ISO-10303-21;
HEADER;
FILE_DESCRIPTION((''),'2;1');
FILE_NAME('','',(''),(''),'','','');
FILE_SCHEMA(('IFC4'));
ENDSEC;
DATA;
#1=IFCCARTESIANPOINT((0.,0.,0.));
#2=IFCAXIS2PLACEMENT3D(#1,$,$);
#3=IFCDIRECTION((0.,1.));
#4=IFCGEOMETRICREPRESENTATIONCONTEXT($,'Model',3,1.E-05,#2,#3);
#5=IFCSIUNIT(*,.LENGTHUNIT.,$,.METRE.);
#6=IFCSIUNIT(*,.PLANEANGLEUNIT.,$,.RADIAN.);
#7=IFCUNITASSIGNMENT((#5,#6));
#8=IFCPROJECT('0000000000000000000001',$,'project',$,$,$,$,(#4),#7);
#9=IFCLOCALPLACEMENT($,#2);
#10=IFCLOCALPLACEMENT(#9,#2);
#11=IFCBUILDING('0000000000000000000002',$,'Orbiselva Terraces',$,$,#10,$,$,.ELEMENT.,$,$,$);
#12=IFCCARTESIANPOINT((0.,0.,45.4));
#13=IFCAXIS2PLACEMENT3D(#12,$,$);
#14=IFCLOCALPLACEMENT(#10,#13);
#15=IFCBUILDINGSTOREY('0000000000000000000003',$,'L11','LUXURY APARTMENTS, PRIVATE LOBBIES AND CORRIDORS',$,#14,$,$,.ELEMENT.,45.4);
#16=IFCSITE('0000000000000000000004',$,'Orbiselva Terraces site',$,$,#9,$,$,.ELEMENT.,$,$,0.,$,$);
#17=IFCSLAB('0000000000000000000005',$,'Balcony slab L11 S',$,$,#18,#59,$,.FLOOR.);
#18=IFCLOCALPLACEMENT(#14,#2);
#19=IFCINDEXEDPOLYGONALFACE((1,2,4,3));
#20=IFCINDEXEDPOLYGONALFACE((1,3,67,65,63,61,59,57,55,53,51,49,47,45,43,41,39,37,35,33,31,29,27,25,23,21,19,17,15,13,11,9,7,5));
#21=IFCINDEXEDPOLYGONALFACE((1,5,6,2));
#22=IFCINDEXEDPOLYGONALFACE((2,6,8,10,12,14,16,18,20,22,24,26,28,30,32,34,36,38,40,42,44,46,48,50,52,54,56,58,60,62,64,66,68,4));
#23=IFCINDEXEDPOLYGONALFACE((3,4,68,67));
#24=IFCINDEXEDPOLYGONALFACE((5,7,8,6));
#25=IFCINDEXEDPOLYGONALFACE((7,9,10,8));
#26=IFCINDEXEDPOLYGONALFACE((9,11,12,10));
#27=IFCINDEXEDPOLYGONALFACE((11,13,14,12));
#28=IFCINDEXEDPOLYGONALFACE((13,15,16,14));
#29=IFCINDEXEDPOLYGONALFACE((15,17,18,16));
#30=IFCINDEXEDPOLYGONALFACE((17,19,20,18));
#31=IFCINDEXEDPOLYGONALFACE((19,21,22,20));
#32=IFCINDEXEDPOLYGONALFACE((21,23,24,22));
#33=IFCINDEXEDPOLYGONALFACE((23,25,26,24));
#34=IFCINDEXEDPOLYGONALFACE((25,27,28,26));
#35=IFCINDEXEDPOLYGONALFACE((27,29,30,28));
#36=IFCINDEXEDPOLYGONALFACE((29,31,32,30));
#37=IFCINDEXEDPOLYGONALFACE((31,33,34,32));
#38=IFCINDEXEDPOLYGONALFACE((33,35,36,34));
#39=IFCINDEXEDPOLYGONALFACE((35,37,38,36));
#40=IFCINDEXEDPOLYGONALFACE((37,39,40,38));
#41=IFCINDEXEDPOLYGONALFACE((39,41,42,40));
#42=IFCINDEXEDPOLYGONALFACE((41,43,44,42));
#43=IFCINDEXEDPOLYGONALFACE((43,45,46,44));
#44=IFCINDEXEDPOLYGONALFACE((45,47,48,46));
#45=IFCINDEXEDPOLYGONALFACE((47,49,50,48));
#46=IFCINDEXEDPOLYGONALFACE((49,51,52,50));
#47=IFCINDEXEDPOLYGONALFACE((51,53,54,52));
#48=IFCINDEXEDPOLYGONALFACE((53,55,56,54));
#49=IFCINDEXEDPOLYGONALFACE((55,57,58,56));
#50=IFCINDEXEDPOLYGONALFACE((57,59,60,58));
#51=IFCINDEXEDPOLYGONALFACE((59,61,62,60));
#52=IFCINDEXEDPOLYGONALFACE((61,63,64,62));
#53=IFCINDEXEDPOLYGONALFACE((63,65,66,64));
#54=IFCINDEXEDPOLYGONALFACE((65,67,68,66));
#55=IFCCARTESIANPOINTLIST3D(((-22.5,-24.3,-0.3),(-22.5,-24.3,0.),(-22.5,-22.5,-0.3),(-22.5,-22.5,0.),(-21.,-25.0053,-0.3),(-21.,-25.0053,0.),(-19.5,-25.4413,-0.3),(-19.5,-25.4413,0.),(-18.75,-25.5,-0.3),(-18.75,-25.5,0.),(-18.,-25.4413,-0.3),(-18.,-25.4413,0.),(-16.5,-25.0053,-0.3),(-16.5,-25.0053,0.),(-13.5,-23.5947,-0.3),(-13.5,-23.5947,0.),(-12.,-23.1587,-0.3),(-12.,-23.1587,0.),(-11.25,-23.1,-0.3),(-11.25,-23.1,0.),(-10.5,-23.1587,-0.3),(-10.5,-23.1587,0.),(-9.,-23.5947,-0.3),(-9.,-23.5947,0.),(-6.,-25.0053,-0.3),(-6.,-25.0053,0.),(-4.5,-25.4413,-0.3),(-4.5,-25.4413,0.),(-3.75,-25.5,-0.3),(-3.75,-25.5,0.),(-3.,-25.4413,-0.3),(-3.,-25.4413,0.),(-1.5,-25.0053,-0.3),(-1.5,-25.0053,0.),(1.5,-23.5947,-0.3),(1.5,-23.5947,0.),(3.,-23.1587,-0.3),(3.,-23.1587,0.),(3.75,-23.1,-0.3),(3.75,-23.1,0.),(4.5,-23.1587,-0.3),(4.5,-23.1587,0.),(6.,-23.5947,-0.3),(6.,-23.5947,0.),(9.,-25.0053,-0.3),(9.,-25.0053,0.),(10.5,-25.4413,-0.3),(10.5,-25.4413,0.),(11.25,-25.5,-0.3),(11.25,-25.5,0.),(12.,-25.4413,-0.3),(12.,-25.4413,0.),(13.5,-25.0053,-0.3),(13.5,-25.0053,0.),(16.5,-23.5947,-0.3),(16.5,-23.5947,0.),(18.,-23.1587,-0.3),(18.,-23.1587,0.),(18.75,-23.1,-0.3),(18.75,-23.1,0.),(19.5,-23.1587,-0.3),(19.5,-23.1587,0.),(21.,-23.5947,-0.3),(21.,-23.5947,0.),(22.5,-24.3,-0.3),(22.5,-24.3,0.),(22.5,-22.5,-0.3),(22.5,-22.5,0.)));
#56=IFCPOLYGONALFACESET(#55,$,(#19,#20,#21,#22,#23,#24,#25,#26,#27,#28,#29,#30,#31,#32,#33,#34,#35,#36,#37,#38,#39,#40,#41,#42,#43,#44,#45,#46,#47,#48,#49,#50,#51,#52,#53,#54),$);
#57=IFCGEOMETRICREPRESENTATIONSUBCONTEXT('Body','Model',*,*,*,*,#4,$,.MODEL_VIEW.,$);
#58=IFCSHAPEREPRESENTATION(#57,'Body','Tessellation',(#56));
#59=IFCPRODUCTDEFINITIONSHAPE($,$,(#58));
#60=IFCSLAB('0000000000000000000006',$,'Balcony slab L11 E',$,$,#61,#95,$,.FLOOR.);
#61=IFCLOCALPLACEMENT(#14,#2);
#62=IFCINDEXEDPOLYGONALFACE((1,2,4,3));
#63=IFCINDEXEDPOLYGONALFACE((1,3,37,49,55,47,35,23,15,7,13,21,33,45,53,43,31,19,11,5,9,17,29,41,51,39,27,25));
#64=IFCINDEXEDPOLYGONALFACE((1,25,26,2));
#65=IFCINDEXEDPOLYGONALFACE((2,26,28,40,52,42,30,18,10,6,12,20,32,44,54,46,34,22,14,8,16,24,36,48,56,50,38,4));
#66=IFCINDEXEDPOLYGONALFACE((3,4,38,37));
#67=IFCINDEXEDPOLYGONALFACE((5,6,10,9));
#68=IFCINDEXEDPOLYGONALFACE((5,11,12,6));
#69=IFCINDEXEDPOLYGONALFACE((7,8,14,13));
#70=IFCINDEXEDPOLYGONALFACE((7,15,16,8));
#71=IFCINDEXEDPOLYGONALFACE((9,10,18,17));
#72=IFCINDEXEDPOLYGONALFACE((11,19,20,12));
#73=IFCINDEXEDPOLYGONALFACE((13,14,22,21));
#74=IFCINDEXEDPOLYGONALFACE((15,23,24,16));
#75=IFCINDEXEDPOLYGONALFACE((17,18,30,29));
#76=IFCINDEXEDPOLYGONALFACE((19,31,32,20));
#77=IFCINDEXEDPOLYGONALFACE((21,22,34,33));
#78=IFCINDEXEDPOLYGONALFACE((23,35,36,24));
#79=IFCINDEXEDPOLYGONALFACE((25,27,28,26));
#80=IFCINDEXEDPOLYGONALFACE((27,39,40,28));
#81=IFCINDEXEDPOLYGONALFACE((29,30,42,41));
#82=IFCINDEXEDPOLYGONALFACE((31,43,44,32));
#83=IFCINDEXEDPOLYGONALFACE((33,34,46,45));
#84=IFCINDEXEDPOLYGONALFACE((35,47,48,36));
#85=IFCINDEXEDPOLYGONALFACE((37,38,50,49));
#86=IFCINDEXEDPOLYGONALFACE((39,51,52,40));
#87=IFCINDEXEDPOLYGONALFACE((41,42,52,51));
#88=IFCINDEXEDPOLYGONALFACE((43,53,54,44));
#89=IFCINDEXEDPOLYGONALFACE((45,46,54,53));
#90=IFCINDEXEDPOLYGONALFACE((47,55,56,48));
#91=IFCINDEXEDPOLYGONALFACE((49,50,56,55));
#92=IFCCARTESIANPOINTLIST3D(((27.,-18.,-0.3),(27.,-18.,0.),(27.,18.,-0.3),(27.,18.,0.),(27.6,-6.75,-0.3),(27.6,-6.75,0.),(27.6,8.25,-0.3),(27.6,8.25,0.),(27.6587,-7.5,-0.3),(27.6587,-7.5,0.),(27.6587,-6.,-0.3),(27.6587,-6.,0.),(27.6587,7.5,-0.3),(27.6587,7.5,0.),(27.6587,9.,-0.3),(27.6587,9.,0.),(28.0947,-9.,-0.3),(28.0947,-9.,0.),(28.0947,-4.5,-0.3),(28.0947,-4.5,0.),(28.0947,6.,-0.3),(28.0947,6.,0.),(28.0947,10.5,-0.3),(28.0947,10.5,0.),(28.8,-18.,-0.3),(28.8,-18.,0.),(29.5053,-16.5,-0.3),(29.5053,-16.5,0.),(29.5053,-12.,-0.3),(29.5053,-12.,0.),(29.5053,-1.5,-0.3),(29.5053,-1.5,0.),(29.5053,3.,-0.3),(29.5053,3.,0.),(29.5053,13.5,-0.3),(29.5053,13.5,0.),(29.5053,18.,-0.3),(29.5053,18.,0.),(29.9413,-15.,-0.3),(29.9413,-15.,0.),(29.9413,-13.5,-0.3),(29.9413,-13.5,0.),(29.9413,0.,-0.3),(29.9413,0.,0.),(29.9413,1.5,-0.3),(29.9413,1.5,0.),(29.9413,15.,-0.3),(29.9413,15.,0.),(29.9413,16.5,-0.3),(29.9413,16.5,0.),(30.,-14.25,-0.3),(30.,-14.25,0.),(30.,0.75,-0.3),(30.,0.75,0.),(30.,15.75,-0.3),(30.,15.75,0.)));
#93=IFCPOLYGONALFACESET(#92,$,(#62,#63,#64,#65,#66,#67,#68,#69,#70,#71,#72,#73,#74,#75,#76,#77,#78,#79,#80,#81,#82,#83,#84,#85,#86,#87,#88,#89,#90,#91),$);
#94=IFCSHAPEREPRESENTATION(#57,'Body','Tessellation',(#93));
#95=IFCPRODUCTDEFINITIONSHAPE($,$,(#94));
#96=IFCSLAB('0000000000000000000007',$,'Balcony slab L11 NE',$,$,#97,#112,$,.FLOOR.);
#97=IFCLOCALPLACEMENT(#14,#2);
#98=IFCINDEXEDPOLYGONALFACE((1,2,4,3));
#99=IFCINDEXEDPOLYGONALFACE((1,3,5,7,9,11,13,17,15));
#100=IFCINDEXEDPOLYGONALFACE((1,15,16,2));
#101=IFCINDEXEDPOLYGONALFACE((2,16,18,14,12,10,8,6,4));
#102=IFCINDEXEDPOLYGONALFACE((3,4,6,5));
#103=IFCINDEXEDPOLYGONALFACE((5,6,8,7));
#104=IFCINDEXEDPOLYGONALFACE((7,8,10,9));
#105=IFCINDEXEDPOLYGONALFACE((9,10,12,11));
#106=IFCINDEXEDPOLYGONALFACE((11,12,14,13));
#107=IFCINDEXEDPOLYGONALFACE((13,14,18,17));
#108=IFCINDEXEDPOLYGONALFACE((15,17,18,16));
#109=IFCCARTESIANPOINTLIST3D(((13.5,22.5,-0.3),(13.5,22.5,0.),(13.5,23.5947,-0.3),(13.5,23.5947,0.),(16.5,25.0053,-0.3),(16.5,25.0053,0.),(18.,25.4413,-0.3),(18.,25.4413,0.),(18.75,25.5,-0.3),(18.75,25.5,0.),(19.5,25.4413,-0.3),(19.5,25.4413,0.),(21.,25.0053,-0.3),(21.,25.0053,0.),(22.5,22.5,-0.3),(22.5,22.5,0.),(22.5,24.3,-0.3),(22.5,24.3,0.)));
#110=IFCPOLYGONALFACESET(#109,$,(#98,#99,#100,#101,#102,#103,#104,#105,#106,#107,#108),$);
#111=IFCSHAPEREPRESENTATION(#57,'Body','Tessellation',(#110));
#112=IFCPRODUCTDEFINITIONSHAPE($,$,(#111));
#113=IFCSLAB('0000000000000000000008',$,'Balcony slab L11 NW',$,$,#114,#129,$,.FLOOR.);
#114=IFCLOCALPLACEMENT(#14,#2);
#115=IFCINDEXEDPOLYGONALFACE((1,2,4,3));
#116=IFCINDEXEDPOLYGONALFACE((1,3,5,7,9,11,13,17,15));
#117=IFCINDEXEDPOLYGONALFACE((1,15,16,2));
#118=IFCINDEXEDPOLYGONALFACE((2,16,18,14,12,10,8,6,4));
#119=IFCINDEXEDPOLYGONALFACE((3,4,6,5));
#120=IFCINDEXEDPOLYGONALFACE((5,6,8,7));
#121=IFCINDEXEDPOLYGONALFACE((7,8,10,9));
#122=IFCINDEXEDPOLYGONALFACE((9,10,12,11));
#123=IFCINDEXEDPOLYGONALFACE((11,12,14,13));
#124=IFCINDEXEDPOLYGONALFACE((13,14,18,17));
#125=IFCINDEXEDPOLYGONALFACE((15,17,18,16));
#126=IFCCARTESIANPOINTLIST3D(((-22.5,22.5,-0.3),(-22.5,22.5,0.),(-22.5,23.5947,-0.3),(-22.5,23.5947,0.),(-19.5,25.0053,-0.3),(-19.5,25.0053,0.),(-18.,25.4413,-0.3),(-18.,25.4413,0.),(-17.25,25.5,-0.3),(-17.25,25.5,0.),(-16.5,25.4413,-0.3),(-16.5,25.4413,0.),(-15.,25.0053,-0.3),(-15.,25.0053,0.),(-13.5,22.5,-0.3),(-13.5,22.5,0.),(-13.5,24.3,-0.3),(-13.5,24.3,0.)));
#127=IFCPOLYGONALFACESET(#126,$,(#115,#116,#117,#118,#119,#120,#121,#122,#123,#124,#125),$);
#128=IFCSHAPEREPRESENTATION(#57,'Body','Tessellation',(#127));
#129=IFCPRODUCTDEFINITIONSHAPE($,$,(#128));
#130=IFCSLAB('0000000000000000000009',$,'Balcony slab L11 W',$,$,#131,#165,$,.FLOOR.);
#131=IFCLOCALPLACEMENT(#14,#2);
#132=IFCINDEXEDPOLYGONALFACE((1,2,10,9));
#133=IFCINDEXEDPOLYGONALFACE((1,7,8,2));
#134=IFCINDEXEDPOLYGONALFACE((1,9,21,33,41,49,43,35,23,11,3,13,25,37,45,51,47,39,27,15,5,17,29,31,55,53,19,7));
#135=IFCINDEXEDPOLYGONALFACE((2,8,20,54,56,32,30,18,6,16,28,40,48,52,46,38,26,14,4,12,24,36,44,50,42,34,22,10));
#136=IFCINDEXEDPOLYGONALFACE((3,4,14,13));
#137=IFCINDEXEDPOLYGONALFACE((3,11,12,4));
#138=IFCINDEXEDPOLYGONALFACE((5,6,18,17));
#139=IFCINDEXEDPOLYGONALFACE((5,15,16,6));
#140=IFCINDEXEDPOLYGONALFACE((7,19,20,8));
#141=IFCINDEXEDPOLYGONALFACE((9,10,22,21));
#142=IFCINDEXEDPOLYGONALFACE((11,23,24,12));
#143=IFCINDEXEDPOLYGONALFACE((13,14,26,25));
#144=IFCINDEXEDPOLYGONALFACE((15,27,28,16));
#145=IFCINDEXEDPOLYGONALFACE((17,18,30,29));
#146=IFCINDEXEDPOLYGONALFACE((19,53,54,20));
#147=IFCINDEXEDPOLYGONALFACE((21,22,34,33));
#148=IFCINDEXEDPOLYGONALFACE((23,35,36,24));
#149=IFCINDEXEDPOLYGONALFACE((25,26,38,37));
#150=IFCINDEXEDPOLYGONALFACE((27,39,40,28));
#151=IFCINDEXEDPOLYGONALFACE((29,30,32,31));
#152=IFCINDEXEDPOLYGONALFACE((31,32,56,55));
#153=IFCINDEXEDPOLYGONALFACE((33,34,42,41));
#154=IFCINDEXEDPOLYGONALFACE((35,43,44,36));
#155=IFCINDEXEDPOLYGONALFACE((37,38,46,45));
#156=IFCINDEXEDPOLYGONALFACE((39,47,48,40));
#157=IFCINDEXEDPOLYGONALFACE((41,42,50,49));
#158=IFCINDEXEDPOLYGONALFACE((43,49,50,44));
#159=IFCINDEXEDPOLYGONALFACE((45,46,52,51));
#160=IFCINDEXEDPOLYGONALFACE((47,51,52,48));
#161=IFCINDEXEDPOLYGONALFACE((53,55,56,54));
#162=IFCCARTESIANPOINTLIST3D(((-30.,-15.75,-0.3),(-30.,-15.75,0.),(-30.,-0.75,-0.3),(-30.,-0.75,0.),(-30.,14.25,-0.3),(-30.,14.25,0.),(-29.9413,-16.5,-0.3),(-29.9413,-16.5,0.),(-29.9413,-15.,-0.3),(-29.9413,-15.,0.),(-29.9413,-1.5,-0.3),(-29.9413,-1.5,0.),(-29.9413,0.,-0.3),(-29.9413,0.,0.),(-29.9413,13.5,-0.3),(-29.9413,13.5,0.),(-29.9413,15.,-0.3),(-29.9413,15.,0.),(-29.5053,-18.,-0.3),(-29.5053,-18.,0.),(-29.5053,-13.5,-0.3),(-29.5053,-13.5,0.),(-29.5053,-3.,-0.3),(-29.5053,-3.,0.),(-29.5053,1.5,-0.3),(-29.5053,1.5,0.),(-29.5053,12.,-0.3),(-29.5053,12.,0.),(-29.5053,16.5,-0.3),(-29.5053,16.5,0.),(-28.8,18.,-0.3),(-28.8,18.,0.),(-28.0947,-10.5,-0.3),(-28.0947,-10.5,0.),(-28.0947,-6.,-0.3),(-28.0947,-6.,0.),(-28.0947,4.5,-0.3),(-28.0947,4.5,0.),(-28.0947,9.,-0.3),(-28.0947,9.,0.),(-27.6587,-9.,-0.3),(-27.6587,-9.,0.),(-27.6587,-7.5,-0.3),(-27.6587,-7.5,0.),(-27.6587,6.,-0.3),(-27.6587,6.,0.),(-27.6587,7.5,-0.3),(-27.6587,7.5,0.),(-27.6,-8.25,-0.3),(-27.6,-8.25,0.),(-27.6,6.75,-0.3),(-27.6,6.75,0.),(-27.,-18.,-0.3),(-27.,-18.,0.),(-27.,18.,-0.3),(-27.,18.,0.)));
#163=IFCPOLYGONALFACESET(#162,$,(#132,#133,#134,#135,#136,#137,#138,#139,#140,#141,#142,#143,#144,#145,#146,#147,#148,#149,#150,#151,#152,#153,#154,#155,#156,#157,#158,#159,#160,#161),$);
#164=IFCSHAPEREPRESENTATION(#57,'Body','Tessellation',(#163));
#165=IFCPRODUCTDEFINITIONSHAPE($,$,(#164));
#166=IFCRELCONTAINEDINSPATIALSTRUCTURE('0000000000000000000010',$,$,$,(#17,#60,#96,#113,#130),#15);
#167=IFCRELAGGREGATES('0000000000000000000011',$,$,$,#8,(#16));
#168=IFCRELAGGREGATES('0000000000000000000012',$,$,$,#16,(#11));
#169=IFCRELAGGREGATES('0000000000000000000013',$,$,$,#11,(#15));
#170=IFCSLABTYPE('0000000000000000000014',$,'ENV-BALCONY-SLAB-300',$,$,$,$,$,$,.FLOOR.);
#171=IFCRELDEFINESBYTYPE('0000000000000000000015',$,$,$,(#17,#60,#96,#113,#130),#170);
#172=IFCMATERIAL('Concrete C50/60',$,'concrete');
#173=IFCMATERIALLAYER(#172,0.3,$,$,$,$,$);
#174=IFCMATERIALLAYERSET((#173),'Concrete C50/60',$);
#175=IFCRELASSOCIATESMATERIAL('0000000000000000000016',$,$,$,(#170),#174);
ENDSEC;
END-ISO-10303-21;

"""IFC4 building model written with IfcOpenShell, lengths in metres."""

from ifc_helpers import new_model, si_unit, direction, frame, origin, place, context, subcontext, project, spatial, polyline, outline, extrude, material, layer, layer_set, type_object, element, save


model = new_model("IFC4")

# Units and contexts
model_context = context("Model", 3, precision=1e-05, world=origin(), true_north=direction((0.0, 1.0)))
body_context = subcontext(model_context, "Body", "Model", "MODEL_VIEW")
ifc_project = project(units=[si_unit("LENGTHUNIT", "METRE"), si_unit("PLANEANGLEUNIT", "RADIAN")], contexts=[model_context])

# Site, building, storey
site_placement = place(None, origin())
site = spatial("IfcSite", under=ifc_project, at=site_placement, Name="Orbiselva Terraces site", CompositionType="ELEMENT", RefElevation=0.0)
building_placement = place(site_placement, origin())
building = spatial("IfcBuilding", under=site, at=building_placement, Name="Orbiselva Terraces", CompositionType="ELEMENT")
storey_placement = place(building_placement, frame((0.0, 0.0, 45.4)))
storey = spatial("IfcBuildingStorey", under=building, at=storey_placement, Name="L11", Description="LUXURY APARTMENTS, PRIVATE LOBBIES AND CORRIDORS", CompositionType="ELEMENT", Elevation=45.4)

# Slabs
ifc_material_1 = material(Name="Concrete C50/60", Category="concrete")
ifc_layer_1 = layer(ifc_material_1, 0.3)
ifc_layer_set_1 = layer_set([ifc_layer_1], Name="Concrete C50/60")
slab_type_1 = type_object("IfcSlabType", Name="ENV-BALCONY-SLAB-300", PredefinedType="FLOOR", material=ifc_layer_set_1)
slab_1_placement = place(storey_placement, frame((0.0, 0.0, -0.3)))
element("IfcSlab", 1, at=slab_1_placement, inside=storey, type_object=slab_type_1, Name="Balcony slab L11 S", PredefinedType="FLOOR", context=body_context, shape_type="SweptSolid", body=[
    extrude(outline(polyline([(-22.5, -24.3), (-21.0, -25.0053), (-19.5, -25.4413), (-18.75, -25.5), (-18.0, -25.4413), (-16.5, -25.0053), (-13.5, -23.5947), (-12.0, -23.1587), (-11.25, -23.1), (-10.5, -23.1587), (-9.0, -23.5947), (-6.0, -25.0053), (-4.5, -25.4413), (-3.75, -25.5), (-3.0, -25.4413), (-1.5, -25.0053), (1.5, -23.5947), (3.0, -23.1587), (3.75, -23.1), (4.5, -23.1587), (6.0, -23.5947), (9.0, -25.0053), (10.5, -25.4413), (11.25, -25.5), (12.0, -25.4413), (13.5, -25.0053), (16.5, -23.5947), (18.0, -23.1587), (18.75, -23.1), (19.5, -23.1587), (21.0, -23.5947), (22.5, -24.3), (22.5, -22.5), (-22.5, -22.5), (-22.5, -24.3)])), origin(), (0.0, 0.0, 1.0), 0.3),
])
slab_2_placement = place(storey_placement, frame((0.0, 0.0, -0.3)))
element("IfcSlab", 2, at=slab_2_placement, inside=storey, type_object=slab_type_1, Name="Balcony slab L11 E", PredefinedType="FLOOR", context=body_context, shape_type="SweptSolid", body=[
    extrude(outline(polyline([(28.8, -18.0), (29.5053, -16.5), (29.9413, -15.0), (30.0, -14.25), (29.9413, -13.5), (29.5053, -12.0), (28.0947, -9.0), (27.6587, -7.5), (27.6, -6.75), (27.6587, -6.0), (28.0947, -4.5), (29.5053, -1.5), (29.9413, 0.0), (30.0, 0.75), (29.9413, 1.5), (29.5053, 3.0), (28.0947, 6.0), (27.6587, 7.5), (27.6, 8.25), (27.6587, 9.0), (28.0947, 10.5), (29.5053, 13.5), (29.9413, 15.0), (30.0, 15.75), (29.9413, 16.5), (29.5053, 18.0), (27.0, 18.0), (27.0, -18.0), (28.8, -18.0)])), origin(), (0.0, 0.0, 1.0), 0.3),
])
slab_3_placement = place(storey_placement, frame((0.0, 0.0, -0.3)))
element("IfcSlab", 3, at=slab_3_placement, inside=storey, type_object=slab_type_1, Name="Balcony slab L11 NE", PredefinedType="FLOOR", context=body_context, shape_type="SweptSolid", body=[
    extrude(outline(polyline([(22.5, 24.3), (21.0, 25.0053), (19.5, 25.4413), (18.75, 25.5), (18.0, 25.4413), (16.5, 25.0053), (13.5, 23.5947), (13.5, 22.5), (22.5, 22.5), (22.5, 24.3)])), origin(), (0.0, 0.0, 1.0), 0.3),
])
slab_4_placement = place(storey_placement, frame((0.0, 0.0, -0.3)))
element("IfcSlab", 4, at=slab_4_placement, inside=storey, type_object=slab_type_1, Name="Balcony slab L11 NW", PredefinedType="FLOOR", context=body_context, shape_type="SweptSolid", body=[
    extrude(outline(polyline([(-13.5, 24.3), (-15.0, 25.0053), (-16.5, 25.4413), (-17.25, 25.5), (-18.0, 25.4413), (-19.5, 25.0053), (-22.5, 23.5947), (-22.5, 22.5), (-13.5, 22.5), (-13.5, 24.3)])), origin(), (0.0, 0.0, 1.0), 0.3),
])
slab_5_placement = place(storey_placement, frame((0.0, 0.0, -0.3)))
element("IfcSlab", 5, at=slab_5_placement, inside=storey, type_object=slab_type_1, Name="Balcony slab L11 W", PredefinedType="FLOOR", context=body_context, shape_type="SweptSolid", body=[
    extrude(outline(polyline([(-28.8, 18.0), (-29.5053, 16.5), (-29.9413, 15.0), (-30.0, 14.25), (-29.9413, 13.5), (-29.5053, 12.0), (-28.0947, 9.0), (-27.6587, 7.5), (-27.6, 6.75), (-27.6587, 6.0), (-28.0947, 4.5), (-29.5053, 1.5), (-29.9413, 0.0), (-30.0, -0.75), (-29.9413, -1.5), (-29.5053, -3.0), (-28.0947, -6.0), (-27.6587, -7.5), (-27.6, -8.25), (-27.6587, -9.0), (-28.0947, -10.5), (-29.5053, -13.5), (-29.9413, -15.0), (-30.0, -15.75), (-29.9413, -16.5), (-29.5053, -18.0), (-27.0, -18.0), (-27.0, 18.0), (-28.8, 18.0)])), origin(), (0.0, 0.0, 1.0), 0.3),
])

save(model, "model.ifc")
